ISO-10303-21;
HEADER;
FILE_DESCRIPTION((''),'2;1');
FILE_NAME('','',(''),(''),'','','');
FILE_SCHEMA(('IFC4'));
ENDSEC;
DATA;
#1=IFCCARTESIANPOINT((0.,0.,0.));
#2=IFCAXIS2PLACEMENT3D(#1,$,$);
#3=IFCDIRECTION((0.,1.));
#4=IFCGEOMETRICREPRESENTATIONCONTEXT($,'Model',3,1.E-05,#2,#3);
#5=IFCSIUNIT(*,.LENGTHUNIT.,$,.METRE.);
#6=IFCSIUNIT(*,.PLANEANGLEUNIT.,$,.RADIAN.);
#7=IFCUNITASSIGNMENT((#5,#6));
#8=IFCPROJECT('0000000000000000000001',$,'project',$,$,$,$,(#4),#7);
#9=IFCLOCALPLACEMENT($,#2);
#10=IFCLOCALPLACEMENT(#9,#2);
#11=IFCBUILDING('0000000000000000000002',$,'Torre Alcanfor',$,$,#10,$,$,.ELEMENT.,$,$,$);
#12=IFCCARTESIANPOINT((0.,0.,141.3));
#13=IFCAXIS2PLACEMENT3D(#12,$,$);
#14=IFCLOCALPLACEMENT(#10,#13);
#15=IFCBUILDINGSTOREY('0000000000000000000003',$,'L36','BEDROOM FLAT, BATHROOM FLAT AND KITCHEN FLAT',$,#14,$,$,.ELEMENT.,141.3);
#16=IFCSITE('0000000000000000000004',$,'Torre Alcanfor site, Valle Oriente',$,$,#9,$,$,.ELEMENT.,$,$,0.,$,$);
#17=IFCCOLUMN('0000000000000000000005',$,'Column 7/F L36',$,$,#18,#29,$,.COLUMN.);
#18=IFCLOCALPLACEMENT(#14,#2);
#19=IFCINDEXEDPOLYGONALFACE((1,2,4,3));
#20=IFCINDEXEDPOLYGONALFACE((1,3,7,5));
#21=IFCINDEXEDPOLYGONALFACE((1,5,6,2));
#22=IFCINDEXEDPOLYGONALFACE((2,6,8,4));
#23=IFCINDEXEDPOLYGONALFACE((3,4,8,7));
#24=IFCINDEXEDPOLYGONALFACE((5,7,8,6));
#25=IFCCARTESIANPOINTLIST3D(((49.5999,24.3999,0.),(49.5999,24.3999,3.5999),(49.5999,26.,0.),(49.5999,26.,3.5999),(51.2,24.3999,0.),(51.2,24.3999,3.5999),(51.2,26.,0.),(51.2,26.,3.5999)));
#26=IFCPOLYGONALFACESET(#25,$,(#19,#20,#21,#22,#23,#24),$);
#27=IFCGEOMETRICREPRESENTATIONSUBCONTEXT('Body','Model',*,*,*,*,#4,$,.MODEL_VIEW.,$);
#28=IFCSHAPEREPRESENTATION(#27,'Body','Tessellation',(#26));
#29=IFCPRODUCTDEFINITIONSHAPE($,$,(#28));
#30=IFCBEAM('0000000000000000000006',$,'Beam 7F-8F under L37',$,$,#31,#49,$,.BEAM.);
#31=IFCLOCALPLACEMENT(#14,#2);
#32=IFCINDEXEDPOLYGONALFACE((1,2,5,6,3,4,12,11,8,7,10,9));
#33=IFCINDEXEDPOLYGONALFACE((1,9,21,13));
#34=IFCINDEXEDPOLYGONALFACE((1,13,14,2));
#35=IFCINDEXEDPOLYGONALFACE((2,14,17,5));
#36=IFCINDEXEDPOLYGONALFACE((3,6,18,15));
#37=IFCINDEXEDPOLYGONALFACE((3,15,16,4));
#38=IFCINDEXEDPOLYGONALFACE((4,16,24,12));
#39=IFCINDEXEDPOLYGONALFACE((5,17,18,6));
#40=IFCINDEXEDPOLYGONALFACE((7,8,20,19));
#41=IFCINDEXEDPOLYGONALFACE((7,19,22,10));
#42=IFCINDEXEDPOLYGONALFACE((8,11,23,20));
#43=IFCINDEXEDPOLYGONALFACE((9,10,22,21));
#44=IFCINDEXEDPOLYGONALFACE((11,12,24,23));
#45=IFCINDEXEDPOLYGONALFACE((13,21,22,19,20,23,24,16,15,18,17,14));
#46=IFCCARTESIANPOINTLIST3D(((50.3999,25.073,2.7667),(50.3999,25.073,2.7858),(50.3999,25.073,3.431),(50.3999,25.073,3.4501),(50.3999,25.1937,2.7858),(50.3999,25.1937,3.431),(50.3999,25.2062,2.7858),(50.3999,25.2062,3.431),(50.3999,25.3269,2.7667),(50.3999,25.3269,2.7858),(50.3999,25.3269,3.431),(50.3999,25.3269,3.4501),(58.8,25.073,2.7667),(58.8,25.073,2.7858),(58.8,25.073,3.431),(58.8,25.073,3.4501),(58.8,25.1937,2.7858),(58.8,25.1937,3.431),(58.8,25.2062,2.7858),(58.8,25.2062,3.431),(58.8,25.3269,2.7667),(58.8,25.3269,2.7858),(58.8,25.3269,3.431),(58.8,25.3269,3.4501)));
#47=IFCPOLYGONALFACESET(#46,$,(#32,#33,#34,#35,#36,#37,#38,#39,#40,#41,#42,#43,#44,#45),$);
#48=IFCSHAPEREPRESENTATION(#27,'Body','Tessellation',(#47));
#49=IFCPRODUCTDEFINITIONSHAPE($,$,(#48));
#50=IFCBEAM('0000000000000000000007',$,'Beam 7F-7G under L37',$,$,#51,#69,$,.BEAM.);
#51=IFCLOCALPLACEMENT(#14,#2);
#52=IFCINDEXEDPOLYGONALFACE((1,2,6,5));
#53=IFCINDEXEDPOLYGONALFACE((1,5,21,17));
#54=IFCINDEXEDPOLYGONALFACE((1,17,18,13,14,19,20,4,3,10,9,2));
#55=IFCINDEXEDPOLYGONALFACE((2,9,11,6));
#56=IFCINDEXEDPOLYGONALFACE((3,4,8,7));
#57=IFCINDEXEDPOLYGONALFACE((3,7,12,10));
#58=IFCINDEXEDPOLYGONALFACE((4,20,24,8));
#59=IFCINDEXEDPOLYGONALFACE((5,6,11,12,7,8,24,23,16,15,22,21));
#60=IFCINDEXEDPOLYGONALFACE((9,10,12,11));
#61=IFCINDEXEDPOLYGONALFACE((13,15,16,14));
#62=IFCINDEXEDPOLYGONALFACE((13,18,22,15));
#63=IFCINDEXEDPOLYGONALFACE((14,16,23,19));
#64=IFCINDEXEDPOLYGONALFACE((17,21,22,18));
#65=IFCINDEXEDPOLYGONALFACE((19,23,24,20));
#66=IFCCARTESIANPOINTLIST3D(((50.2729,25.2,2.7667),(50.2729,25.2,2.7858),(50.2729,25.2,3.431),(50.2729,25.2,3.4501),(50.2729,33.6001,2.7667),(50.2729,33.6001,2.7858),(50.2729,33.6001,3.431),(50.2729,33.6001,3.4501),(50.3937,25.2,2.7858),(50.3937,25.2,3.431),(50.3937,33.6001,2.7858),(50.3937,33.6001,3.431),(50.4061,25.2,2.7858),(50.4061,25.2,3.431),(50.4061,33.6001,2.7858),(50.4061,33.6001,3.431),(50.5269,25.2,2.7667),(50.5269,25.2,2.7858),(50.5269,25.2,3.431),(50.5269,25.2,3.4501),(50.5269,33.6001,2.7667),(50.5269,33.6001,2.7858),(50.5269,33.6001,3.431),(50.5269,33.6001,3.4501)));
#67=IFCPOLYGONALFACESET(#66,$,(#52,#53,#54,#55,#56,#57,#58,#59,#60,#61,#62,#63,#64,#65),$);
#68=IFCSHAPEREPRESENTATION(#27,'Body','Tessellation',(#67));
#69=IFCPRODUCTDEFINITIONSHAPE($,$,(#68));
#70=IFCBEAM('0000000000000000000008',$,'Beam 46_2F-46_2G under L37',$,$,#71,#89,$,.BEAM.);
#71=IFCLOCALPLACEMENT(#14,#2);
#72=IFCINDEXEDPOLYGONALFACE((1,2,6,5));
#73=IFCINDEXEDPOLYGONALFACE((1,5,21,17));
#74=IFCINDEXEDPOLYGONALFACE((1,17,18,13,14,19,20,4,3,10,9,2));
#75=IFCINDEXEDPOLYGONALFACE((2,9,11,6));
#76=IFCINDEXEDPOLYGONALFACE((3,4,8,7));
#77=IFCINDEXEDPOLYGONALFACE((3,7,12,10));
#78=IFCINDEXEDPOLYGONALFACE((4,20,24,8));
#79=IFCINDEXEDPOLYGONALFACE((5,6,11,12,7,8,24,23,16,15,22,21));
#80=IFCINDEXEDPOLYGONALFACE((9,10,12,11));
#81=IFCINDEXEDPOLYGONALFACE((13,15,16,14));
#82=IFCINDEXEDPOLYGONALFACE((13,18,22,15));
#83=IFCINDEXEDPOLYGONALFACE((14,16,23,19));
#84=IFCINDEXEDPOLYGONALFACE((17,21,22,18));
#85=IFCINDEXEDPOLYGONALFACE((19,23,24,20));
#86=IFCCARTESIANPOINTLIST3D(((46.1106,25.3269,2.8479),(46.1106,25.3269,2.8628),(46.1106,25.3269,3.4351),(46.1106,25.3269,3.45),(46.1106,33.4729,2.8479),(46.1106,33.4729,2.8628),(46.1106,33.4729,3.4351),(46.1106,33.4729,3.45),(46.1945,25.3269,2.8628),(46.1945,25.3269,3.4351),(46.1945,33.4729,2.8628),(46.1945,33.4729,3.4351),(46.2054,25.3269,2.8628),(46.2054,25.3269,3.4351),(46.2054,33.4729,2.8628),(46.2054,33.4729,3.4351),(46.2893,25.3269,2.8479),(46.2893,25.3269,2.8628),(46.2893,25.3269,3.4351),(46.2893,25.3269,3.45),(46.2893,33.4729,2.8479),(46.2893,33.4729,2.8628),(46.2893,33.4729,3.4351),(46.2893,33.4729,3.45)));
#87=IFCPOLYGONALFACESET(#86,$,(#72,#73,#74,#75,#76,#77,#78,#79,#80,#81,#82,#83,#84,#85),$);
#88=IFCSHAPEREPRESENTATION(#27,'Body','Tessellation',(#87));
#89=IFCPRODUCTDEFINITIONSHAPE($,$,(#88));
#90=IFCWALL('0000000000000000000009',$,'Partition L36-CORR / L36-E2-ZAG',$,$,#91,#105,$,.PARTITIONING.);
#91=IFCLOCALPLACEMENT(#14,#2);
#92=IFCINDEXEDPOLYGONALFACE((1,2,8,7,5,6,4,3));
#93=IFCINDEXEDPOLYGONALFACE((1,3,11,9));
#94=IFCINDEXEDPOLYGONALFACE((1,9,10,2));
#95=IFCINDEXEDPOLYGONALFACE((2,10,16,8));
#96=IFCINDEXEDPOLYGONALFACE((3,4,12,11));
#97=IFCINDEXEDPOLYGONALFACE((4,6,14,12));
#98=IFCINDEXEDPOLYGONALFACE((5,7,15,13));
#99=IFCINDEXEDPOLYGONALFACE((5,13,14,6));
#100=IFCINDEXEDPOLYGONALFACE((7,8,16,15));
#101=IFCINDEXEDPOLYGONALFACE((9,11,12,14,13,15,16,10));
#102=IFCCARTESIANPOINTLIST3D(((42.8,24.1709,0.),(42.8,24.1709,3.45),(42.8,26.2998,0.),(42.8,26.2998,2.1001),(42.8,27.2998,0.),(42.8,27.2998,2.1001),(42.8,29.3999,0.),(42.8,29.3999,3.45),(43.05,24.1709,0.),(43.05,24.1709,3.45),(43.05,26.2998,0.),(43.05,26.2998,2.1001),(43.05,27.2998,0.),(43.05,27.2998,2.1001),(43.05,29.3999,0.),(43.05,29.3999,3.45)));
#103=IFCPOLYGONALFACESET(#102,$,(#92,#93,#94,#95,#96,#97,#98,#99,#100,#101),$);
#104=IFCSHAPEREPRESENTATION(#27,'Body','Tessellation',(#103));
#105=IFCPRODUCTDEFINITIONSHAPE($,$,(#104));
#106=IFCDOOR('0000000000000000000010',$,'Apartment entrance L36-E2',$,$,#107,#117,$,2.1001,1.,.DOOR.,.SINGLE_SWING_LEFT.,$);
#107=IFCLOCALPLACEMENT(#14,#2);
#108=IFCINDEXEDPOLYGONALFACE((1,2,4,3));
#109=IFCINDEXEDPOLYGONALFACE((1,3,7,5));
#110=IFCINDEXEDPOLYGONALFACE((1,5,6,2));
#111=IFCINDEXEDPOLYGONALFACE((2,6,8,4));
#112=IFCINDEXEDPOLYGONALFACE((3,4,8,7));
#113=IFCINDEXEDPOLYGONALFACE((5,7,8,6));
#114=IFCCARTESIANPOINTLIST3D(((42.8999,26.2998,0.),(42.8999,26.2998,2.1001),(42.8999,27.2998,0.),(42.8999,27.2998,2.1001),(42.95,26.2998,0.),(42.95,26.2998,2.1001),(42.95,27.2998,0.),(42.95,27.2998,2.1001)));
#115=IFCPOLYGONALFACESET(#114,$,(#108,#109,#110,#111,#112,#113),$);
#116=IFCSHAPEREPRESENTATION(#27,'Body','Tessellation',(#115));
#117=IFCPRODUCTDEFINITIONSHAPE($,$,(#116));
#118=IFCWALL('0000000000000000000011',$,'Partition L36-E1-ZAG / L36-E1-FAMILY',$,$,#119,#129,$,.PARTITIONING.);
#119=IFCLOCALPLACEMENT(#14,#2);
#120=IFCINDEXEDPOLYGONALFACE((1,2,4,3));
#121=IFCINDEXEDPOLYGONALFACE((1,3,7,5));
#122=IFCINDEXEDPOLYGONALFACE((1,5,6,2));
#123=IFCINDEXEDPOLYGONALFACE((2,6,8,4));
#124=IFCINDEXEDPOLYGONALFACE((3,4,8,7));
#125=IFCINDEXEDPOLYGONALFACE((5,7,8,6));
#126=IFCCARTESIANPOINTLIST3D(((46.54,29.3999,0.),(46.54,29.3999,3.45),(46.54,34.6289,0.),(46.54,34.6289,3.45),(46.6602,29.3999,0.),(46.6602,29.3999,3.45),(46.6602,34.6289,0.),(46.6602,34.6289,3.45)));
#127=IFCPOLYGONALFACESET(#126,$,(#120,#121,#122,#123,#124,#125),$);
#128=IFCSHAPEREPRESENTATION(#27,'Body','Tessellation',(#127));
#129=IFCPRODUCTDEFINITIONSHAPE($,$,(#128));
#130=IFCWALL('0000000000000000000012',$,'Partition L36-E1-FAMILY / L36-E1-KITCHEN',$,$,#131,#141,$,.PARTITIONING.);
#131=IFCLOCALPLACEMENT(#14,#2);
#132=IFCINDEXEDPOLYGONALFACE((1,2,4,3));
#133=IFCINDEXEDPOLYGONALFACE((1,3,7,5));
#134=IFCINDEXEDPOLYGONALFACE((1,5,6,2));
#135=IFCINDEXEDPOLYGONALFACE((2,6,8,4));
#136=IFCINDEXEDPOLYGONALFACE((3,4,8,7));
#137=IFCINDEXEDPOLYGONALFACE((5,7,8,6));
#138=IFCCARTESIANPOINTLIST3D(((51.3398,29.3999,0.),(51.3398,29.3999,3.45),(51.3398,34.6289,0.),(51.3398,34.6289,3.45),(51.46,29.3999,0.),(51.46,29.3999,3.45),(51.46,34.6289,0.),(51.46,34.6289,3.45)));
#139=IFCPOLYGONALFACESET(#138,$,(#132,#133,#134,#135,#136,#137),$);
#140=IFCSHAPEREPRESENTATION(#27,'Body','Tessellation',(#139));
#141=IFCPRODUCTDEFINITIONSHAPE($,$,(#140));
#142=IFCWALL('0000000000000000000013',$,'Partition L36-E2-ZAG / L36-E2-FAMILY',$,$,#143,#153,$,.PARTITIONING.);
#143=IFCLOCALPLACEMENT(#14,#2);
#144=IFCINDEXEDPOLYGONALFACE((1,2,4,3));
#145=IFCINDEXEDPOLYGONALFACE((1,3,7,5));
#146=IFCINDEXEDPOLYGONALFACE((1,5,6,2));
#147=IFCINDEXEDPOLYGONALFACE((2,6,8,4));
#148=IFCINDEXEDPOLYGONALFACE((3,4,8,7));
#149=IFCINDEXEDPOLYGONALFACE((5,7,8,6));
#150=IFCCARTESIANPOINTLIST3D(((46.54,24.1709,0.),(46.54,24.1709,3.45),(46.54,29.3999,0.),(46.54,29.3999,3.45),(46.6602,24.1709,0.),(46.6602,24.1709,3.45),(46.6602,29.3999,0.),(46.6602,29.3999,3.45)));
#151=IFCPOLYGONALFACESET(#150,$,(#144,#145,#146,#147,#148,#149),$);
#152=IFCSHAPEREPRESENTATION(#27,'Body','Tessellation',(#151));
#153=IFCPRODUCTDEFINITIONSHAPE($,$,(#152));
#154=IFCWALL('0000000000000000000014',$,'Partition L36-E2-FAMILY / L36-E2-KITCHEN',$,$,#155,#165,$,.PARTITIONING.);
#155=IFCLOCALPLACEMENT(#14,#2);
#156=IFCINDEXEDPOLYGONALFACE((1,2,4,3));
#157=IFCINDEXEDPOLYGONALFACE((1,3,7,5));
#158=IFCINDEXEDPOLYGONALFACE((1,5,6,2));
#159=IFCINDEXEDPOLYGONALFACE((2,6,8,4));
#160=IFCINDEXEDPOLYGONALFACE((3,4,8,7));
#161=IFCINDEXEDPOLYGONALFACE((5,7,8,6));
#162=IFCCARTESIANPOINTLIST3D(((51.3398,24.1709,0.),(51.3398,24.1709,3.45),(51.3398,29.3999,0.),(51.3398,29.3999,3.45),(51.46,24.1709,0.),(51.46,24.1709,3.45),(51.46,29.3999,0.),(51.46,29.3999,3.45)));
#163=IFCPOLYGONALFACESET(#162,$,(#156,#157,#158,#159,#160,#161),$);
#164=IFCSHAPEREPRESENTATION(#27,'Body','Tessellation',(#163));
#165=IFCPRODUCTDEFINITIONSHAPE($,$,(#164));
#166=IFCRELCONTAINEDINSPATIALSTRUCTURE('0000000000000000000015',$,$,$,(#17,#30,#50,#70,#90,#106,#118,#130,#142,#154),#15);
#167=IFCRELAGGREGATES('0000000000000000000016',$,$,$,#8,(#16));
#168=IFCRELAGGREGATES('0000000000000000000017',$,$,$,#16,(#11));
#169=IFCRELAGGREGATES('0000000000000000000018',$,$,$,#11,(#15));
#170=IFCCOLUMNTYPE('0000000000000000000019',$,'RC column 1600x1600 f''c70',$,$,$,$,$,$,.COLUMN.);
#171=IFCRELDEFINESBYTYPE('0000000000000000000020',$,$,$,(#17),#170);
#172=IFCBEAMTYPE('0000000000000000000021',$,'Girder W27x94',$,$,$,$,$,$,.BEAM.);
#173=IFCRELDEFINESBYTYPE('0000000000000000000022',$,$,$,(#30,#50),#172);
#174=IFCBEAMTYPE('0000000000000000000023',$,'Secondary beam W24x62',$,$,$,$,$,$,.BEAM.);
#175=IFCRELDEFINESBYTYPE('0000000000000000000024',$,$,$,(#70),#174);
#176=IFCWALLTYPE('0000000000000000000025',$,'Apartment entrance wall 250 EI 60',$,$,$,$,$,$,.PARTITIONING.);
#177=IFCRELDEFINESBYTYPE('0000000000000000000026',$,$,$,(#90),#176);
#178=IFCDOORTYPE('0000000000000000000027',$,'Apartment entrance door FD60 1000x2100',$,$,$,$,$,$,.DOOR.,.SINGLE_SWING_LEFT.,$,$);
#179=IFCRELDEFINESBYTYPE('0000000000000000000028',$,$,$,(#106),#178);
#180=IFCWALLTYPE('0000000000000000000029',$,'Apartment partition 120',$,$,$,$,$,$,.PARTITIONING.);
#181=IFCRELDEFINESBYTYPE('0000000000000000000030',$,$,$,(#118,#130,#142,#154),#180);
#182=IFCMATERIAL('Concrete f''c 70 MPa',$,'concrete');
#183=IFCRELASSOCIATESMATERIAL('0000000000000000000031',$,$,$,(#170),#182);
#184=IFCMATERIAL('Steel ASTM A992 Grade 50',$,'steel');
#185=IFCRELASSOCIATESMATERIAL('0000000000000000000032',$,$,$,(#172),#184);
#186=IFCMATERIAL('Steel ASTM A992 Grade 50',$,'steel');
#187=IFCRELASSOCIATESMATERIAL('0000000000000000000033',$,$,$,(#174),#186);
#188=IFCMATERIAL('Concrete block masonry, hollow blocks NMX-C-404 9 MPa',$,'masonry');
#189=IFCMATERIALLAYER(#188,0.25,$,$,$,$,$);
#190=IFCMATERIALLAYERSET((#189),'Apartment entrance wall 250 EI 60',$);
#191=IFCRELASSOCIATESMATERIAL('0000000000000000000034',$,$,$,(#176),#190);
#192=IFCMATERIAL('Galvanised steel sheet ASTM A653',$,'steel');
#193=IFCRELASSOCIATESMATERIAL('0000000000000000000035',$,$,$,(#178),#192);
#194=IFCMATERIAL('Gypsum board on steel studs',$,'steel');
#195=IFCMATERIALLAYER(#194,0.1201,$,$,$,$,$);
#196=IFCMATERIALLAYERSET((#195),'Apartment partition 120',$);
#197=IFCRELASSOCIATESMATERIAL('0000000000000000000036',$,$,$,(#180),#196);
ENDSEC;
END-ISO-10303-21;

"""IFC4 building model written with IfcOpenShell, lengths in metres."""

from ifc_helpers import new_model, si_unit, direction, frame, frame_2d, origin, origin_2d, place, context, subcontext, project, spatial, rectangle, i_section, extrude, material, layer, layer_set, material_profile, profile_set, type_object, element, fill, save


model = new_model("IFC4")

# Units and contexts
model_context = context("Model", 3, precision=1e-05, world=origin(), true_north=direction((0.0, 1.0)))
body_context = subcontext(model_context, "Body", "Model", "MODEL_VIEW")
ifc_project = project(units=[si_unit("LENGTHUNIT", "METRE"), si_unit("PLANEANGLEUNIT", "RADIAN")], contexts=[model_context])

# Site, building, storey
site_placement = place(None, origin())
site = spatial("IfcSite", under=ifc_project, at=site_placement, Name="Torre Alcanfor site, Valle Oriente", CompositionType="ELEMENT", RefElevation=0.0)
building_placement = place(site_placement, origin())
building = spatial("IfcBuilding", under=site, at=building_placement, Name="Torre Alcanfor", CompositionType="ELEMENT")
storey_placement = place(building_placement, frame((0.0, 0.0, 141.3)))
storey = spatial("IfcBuildingStorey", under=building, at=storey_placement, Name="L36", Description="BEDROOM FLAT, BATHROOM FLAT AND KITCHEN FLAT", CompositionType="ELEMENT", Elevation=141.3)

# Column
ifc_material_1 = material(Name="Concrete f'c 70 MPa", Category="concrete")
ifc_material_profile_1 = material_profile(ifc_material_1, rectangle(XDim=1.6001, YDim=1.6001, at=origin_2d()), Name="1600x1600")
ifc_profile_set_1 = profile_set([ifc_material_profile_1], Name="Concrete f'c 70 MPa")
column_type = type_object("IfcColumnType", Name="RC column 1600x1600 f'c70", PredefinedType="COLUMN", material=ifc_profile_set_1)
column_placement = place(storey_placement, frame((50.3999, 25.2, 0.0), z_axis=(0.0, 0.0, 1.0), x_axis=(1.0, 0.0, 0.0)))
element("IfcColumn", 1, at=column_placement, inside=storey, type_object=column_type, Name="Column 7/F L36", PredefinedType="COLUMN", context=body_context, shape_type="SweptSolid", body=[
    extrude(rectangle(XDim=1.6001, YDim=1.6001, at=origin_2d()), origin(), (0.0, 0.0, 1.0), 3.5999),
])

# Beams
ifc_material_2 = material(Name="Steel ASTM A992 Grade 50", Category="steel")
ifc_material_profile_2 = material_profile(ifc_material_2, i_section(OverallWidth=0.2539, OverallDepth=0.6833, WebThickness=0.0125, FlangeThickness=0.019, at=origin_2d()), Name="W27x94")
ifc_profile_set_2 = profile_set([ifc_material_profile_2], Name="Steel ASTM A992 Grade 50")
beam_type_1 = type_object("IfcBeamType", Name="Girder W27x94", PredefinedType="BEAM", material=ifc_profile_set_2)
for number, where, z_axis, x_axis, name in (
    (2, (50.3999, 25.2, 3.1084), (1.0, 0.0, 0.0), (0.0, 1.0, 0.0), "Beam 7F-8F under L37"),
    (3, (50.3999, 25.2, 3.1084), (0.0, 1.0, 0.0), (-1.0, 0.0, 0.0), "Beam 7F-7G under L37"),
):
    element("IfcBeam", number, at=place(storey_placement, frame(where, z_axis=z_axis, x_axis=x_axis)), inside=storey, type_object=beam_type_1, Name=name, PredefinedType="BEAM", context=body_context, shape_type="SweptSolid", body=[
        extrude(i_section(OverallWidth=0.2539, OverallDepth=0.6833, WebThickness=0.0125, FlangeThickness=0.019, at=origin_2d()), origin(), (0.0, 0.0, 1.0), 8.4001),
    ])
ifc_material_3 = material(Name="Steel ASTM A992 Grade 50", Category="steel")
ifc_material_profile_3 = material_profile(ifc_material_3, i_section(OverallWidth=0.1787, OverallDepth=0.6021, WebThickness=0.011, FlangeThickness=0.0149, at=origin_2d()), Name="W24x62")
ifc_profile_set_3 = profile_set([ifc_material_profile_3], Name="Steel ASTM A992 Grade 50")
beam_type_2 = type_object("IfcBeamType", Name="Secondary beam W24x62", PredefinedType="BEAM", material=ifc_profile_set_3)
beam_placement = place(storey_placement, frame((46.2, 25.3269, 3.1489), z_axis=(0.0, 1.0, 0.0), x_axis=(-1.0, 0.0, 0.0)))
element("IfcBeam", 4, at=beam_placement, inside=storey, type_object=beam_type_2, Name="Beam 46_2F-46_2G under L37", PredefinedType="BEAM", context=body_context, shape_type="SweptSolid", body=[
    extrude(i_section(OverallWidth=0.1787, OverallDepth=0.6021, WebThickness=0.011, FlangeThickness=0.0149, at=origin_2d()), origin(), (0.0, 0.0, 1.0), 8.146),
])

# Wall, opening, door
ifc_material_4 = material(Name="Concrete block masonry, hollow blocks NMX-C-404 9 MPa", Category="masonry")
ifc_layer_1 = layer(ifc_material_4, 0.25)
ifc_layer_set_1 = layer_set([ifc_layer_1], Name="Apartment entrance wall 250 EI 60")
wall_type_1 = type_object("IfcWallType", Name="Apartment entrance wall 250 EI 60", PredefinedType="PARTITIONING", material=ifc_layer_set_1)
wall_1_placement = place(storey_placement, frame((42.925, 29.3999, 0.0), z_axis=(0.0, 0.0, 1.0), x_axis=(0.0, -1.0, 0.0)))
wall_1 = element("IfcWall", 5, at=wall_1_placement, inside=storey, type_object=wall_type_1, Name="Partition L36-CORR / L36-E2-ZAG", PredefinedType="PARTITIONING", context=body_context, shape_type="SweptSolid", body=[
    extrude(rectangle(XDim=5.229, YDim=0.25, at=frame_2d((2.6145, 0.0))), origin(), (0.0, 0.0, 1.0), 3.45),
])
opening_1_placement = place(wall_1_placement, frame((2.1001, 0.0, 0.0)))
opening_1 = element("IfcOpeningElement", 6, at=opening_1_placement, cuts=wall_1, PredefinedType="OPENING", context=body_context, shape_type="SweptSolid", body=[
    extrude(rectangle(XDim=1.0, YDim=2.1001, at=frame_2d((0.5, 1.05))), frame((0.0, 0.135, 0.0), z_axis=(0.0, -1.0, 0.0), x_axis=(1.0, 0.0, 0.0)), (0.0, 0.0, 1.0), 0.27),
])
ifc_material_5 = material(Name="Galvanised steel sheet ASTM A653", Category="steel")
door_type_1 = type_object("IfcDoorType", Name="Apartment entrance door FD60 1000x2100", OperationType="SINGLE_SWING_LEFT", PredefinedType="DOOR", material=ifc_material_5)
door_1_placement = place(opening_1_placement, origin())
door_1 = element("IfcDoor", 7, at=door_1_placement, inside=storey, type_object=door_type_1, Name="Apartment entrance L36-E2", OperationType="SINGLE_SWING_LEFT", OverallHeight=2.1001, OverallWidth=1.0, PredefinedType="DOOR", context=body_context, shape_type="SweptSolid", body=[
    extrude(rectangle(XDim=1.0, YDim=2.1001, at=frame_2d((0.5, 1.05))), frame((0.0, 0.0249, 0.0), z_axis=(0.0, -1.0, 0.0), x_axis=(1.0, 0.0, 0.0)), (0.0, 0.0, 1.0), 0.05),
])
fill(opening_1, door_1)

# Walls
ifc_material_6 = material(Name="Gypsum board on steel studs", Category="steel")
ifc_layer_2 = layer(ifc_material_6, 0.1201)
ifc_layer_set_2 = layer_set([ifc_layer_2], Name="Apartment partition 120")
wall_type_2 = type_object("IfcWallType", Name="Apartment partition 120", PredefinedType="PARTITIONING", material=ifc_layer_set_2)
for number, where, z_axis, x_axis, name in (
    (8, (46.6001, 29.3999, 0.0), (0.0, 0.0, 1.0), (0.0, 1.0, 0.0), "Partition L36-E1-ZAG / L36-E1-FAMILY"),
    (9, (51.3999, 29.3999, 0.0), (0.0, 0.0, 1.0), (0.0, 1.0, 0.0), "Partition L36-E1-FAMILY / L36-E1-KITCHEN"),
    (10, (46.6001, 29.3999, 0.0), (0.0, 0.0, 1.0), (0.0, -1.0, 0.0), "Partition L36-E2-ZAG / L36-E2-FAMILY"),
    (11, (51.3999, 29.3999, 0.0), (0.0, 0.0, 1.0), (0.0, -1.0, 0.0), "Partition L36-E2-FAMILY / L36-E2-KITCHEN"),
):
    element("IfcWall", number, at=place(storey_placement, frame(where, z_axis=z_axis, x_axis=x_axis)), inside=storey, type_object=wall_type_2, Name=name, PredefinedType="PARTITIONING", context=body_context, shape_type="SweptSolid", body=[
        extrude(rectangle(XDim=5.229, YDim=0.1201, at=frame_2d((2.6145, 0.0))), origin(), (0.0, 0.0, 1.0), 3.45),
    ])

save(model, "model.ifc")
